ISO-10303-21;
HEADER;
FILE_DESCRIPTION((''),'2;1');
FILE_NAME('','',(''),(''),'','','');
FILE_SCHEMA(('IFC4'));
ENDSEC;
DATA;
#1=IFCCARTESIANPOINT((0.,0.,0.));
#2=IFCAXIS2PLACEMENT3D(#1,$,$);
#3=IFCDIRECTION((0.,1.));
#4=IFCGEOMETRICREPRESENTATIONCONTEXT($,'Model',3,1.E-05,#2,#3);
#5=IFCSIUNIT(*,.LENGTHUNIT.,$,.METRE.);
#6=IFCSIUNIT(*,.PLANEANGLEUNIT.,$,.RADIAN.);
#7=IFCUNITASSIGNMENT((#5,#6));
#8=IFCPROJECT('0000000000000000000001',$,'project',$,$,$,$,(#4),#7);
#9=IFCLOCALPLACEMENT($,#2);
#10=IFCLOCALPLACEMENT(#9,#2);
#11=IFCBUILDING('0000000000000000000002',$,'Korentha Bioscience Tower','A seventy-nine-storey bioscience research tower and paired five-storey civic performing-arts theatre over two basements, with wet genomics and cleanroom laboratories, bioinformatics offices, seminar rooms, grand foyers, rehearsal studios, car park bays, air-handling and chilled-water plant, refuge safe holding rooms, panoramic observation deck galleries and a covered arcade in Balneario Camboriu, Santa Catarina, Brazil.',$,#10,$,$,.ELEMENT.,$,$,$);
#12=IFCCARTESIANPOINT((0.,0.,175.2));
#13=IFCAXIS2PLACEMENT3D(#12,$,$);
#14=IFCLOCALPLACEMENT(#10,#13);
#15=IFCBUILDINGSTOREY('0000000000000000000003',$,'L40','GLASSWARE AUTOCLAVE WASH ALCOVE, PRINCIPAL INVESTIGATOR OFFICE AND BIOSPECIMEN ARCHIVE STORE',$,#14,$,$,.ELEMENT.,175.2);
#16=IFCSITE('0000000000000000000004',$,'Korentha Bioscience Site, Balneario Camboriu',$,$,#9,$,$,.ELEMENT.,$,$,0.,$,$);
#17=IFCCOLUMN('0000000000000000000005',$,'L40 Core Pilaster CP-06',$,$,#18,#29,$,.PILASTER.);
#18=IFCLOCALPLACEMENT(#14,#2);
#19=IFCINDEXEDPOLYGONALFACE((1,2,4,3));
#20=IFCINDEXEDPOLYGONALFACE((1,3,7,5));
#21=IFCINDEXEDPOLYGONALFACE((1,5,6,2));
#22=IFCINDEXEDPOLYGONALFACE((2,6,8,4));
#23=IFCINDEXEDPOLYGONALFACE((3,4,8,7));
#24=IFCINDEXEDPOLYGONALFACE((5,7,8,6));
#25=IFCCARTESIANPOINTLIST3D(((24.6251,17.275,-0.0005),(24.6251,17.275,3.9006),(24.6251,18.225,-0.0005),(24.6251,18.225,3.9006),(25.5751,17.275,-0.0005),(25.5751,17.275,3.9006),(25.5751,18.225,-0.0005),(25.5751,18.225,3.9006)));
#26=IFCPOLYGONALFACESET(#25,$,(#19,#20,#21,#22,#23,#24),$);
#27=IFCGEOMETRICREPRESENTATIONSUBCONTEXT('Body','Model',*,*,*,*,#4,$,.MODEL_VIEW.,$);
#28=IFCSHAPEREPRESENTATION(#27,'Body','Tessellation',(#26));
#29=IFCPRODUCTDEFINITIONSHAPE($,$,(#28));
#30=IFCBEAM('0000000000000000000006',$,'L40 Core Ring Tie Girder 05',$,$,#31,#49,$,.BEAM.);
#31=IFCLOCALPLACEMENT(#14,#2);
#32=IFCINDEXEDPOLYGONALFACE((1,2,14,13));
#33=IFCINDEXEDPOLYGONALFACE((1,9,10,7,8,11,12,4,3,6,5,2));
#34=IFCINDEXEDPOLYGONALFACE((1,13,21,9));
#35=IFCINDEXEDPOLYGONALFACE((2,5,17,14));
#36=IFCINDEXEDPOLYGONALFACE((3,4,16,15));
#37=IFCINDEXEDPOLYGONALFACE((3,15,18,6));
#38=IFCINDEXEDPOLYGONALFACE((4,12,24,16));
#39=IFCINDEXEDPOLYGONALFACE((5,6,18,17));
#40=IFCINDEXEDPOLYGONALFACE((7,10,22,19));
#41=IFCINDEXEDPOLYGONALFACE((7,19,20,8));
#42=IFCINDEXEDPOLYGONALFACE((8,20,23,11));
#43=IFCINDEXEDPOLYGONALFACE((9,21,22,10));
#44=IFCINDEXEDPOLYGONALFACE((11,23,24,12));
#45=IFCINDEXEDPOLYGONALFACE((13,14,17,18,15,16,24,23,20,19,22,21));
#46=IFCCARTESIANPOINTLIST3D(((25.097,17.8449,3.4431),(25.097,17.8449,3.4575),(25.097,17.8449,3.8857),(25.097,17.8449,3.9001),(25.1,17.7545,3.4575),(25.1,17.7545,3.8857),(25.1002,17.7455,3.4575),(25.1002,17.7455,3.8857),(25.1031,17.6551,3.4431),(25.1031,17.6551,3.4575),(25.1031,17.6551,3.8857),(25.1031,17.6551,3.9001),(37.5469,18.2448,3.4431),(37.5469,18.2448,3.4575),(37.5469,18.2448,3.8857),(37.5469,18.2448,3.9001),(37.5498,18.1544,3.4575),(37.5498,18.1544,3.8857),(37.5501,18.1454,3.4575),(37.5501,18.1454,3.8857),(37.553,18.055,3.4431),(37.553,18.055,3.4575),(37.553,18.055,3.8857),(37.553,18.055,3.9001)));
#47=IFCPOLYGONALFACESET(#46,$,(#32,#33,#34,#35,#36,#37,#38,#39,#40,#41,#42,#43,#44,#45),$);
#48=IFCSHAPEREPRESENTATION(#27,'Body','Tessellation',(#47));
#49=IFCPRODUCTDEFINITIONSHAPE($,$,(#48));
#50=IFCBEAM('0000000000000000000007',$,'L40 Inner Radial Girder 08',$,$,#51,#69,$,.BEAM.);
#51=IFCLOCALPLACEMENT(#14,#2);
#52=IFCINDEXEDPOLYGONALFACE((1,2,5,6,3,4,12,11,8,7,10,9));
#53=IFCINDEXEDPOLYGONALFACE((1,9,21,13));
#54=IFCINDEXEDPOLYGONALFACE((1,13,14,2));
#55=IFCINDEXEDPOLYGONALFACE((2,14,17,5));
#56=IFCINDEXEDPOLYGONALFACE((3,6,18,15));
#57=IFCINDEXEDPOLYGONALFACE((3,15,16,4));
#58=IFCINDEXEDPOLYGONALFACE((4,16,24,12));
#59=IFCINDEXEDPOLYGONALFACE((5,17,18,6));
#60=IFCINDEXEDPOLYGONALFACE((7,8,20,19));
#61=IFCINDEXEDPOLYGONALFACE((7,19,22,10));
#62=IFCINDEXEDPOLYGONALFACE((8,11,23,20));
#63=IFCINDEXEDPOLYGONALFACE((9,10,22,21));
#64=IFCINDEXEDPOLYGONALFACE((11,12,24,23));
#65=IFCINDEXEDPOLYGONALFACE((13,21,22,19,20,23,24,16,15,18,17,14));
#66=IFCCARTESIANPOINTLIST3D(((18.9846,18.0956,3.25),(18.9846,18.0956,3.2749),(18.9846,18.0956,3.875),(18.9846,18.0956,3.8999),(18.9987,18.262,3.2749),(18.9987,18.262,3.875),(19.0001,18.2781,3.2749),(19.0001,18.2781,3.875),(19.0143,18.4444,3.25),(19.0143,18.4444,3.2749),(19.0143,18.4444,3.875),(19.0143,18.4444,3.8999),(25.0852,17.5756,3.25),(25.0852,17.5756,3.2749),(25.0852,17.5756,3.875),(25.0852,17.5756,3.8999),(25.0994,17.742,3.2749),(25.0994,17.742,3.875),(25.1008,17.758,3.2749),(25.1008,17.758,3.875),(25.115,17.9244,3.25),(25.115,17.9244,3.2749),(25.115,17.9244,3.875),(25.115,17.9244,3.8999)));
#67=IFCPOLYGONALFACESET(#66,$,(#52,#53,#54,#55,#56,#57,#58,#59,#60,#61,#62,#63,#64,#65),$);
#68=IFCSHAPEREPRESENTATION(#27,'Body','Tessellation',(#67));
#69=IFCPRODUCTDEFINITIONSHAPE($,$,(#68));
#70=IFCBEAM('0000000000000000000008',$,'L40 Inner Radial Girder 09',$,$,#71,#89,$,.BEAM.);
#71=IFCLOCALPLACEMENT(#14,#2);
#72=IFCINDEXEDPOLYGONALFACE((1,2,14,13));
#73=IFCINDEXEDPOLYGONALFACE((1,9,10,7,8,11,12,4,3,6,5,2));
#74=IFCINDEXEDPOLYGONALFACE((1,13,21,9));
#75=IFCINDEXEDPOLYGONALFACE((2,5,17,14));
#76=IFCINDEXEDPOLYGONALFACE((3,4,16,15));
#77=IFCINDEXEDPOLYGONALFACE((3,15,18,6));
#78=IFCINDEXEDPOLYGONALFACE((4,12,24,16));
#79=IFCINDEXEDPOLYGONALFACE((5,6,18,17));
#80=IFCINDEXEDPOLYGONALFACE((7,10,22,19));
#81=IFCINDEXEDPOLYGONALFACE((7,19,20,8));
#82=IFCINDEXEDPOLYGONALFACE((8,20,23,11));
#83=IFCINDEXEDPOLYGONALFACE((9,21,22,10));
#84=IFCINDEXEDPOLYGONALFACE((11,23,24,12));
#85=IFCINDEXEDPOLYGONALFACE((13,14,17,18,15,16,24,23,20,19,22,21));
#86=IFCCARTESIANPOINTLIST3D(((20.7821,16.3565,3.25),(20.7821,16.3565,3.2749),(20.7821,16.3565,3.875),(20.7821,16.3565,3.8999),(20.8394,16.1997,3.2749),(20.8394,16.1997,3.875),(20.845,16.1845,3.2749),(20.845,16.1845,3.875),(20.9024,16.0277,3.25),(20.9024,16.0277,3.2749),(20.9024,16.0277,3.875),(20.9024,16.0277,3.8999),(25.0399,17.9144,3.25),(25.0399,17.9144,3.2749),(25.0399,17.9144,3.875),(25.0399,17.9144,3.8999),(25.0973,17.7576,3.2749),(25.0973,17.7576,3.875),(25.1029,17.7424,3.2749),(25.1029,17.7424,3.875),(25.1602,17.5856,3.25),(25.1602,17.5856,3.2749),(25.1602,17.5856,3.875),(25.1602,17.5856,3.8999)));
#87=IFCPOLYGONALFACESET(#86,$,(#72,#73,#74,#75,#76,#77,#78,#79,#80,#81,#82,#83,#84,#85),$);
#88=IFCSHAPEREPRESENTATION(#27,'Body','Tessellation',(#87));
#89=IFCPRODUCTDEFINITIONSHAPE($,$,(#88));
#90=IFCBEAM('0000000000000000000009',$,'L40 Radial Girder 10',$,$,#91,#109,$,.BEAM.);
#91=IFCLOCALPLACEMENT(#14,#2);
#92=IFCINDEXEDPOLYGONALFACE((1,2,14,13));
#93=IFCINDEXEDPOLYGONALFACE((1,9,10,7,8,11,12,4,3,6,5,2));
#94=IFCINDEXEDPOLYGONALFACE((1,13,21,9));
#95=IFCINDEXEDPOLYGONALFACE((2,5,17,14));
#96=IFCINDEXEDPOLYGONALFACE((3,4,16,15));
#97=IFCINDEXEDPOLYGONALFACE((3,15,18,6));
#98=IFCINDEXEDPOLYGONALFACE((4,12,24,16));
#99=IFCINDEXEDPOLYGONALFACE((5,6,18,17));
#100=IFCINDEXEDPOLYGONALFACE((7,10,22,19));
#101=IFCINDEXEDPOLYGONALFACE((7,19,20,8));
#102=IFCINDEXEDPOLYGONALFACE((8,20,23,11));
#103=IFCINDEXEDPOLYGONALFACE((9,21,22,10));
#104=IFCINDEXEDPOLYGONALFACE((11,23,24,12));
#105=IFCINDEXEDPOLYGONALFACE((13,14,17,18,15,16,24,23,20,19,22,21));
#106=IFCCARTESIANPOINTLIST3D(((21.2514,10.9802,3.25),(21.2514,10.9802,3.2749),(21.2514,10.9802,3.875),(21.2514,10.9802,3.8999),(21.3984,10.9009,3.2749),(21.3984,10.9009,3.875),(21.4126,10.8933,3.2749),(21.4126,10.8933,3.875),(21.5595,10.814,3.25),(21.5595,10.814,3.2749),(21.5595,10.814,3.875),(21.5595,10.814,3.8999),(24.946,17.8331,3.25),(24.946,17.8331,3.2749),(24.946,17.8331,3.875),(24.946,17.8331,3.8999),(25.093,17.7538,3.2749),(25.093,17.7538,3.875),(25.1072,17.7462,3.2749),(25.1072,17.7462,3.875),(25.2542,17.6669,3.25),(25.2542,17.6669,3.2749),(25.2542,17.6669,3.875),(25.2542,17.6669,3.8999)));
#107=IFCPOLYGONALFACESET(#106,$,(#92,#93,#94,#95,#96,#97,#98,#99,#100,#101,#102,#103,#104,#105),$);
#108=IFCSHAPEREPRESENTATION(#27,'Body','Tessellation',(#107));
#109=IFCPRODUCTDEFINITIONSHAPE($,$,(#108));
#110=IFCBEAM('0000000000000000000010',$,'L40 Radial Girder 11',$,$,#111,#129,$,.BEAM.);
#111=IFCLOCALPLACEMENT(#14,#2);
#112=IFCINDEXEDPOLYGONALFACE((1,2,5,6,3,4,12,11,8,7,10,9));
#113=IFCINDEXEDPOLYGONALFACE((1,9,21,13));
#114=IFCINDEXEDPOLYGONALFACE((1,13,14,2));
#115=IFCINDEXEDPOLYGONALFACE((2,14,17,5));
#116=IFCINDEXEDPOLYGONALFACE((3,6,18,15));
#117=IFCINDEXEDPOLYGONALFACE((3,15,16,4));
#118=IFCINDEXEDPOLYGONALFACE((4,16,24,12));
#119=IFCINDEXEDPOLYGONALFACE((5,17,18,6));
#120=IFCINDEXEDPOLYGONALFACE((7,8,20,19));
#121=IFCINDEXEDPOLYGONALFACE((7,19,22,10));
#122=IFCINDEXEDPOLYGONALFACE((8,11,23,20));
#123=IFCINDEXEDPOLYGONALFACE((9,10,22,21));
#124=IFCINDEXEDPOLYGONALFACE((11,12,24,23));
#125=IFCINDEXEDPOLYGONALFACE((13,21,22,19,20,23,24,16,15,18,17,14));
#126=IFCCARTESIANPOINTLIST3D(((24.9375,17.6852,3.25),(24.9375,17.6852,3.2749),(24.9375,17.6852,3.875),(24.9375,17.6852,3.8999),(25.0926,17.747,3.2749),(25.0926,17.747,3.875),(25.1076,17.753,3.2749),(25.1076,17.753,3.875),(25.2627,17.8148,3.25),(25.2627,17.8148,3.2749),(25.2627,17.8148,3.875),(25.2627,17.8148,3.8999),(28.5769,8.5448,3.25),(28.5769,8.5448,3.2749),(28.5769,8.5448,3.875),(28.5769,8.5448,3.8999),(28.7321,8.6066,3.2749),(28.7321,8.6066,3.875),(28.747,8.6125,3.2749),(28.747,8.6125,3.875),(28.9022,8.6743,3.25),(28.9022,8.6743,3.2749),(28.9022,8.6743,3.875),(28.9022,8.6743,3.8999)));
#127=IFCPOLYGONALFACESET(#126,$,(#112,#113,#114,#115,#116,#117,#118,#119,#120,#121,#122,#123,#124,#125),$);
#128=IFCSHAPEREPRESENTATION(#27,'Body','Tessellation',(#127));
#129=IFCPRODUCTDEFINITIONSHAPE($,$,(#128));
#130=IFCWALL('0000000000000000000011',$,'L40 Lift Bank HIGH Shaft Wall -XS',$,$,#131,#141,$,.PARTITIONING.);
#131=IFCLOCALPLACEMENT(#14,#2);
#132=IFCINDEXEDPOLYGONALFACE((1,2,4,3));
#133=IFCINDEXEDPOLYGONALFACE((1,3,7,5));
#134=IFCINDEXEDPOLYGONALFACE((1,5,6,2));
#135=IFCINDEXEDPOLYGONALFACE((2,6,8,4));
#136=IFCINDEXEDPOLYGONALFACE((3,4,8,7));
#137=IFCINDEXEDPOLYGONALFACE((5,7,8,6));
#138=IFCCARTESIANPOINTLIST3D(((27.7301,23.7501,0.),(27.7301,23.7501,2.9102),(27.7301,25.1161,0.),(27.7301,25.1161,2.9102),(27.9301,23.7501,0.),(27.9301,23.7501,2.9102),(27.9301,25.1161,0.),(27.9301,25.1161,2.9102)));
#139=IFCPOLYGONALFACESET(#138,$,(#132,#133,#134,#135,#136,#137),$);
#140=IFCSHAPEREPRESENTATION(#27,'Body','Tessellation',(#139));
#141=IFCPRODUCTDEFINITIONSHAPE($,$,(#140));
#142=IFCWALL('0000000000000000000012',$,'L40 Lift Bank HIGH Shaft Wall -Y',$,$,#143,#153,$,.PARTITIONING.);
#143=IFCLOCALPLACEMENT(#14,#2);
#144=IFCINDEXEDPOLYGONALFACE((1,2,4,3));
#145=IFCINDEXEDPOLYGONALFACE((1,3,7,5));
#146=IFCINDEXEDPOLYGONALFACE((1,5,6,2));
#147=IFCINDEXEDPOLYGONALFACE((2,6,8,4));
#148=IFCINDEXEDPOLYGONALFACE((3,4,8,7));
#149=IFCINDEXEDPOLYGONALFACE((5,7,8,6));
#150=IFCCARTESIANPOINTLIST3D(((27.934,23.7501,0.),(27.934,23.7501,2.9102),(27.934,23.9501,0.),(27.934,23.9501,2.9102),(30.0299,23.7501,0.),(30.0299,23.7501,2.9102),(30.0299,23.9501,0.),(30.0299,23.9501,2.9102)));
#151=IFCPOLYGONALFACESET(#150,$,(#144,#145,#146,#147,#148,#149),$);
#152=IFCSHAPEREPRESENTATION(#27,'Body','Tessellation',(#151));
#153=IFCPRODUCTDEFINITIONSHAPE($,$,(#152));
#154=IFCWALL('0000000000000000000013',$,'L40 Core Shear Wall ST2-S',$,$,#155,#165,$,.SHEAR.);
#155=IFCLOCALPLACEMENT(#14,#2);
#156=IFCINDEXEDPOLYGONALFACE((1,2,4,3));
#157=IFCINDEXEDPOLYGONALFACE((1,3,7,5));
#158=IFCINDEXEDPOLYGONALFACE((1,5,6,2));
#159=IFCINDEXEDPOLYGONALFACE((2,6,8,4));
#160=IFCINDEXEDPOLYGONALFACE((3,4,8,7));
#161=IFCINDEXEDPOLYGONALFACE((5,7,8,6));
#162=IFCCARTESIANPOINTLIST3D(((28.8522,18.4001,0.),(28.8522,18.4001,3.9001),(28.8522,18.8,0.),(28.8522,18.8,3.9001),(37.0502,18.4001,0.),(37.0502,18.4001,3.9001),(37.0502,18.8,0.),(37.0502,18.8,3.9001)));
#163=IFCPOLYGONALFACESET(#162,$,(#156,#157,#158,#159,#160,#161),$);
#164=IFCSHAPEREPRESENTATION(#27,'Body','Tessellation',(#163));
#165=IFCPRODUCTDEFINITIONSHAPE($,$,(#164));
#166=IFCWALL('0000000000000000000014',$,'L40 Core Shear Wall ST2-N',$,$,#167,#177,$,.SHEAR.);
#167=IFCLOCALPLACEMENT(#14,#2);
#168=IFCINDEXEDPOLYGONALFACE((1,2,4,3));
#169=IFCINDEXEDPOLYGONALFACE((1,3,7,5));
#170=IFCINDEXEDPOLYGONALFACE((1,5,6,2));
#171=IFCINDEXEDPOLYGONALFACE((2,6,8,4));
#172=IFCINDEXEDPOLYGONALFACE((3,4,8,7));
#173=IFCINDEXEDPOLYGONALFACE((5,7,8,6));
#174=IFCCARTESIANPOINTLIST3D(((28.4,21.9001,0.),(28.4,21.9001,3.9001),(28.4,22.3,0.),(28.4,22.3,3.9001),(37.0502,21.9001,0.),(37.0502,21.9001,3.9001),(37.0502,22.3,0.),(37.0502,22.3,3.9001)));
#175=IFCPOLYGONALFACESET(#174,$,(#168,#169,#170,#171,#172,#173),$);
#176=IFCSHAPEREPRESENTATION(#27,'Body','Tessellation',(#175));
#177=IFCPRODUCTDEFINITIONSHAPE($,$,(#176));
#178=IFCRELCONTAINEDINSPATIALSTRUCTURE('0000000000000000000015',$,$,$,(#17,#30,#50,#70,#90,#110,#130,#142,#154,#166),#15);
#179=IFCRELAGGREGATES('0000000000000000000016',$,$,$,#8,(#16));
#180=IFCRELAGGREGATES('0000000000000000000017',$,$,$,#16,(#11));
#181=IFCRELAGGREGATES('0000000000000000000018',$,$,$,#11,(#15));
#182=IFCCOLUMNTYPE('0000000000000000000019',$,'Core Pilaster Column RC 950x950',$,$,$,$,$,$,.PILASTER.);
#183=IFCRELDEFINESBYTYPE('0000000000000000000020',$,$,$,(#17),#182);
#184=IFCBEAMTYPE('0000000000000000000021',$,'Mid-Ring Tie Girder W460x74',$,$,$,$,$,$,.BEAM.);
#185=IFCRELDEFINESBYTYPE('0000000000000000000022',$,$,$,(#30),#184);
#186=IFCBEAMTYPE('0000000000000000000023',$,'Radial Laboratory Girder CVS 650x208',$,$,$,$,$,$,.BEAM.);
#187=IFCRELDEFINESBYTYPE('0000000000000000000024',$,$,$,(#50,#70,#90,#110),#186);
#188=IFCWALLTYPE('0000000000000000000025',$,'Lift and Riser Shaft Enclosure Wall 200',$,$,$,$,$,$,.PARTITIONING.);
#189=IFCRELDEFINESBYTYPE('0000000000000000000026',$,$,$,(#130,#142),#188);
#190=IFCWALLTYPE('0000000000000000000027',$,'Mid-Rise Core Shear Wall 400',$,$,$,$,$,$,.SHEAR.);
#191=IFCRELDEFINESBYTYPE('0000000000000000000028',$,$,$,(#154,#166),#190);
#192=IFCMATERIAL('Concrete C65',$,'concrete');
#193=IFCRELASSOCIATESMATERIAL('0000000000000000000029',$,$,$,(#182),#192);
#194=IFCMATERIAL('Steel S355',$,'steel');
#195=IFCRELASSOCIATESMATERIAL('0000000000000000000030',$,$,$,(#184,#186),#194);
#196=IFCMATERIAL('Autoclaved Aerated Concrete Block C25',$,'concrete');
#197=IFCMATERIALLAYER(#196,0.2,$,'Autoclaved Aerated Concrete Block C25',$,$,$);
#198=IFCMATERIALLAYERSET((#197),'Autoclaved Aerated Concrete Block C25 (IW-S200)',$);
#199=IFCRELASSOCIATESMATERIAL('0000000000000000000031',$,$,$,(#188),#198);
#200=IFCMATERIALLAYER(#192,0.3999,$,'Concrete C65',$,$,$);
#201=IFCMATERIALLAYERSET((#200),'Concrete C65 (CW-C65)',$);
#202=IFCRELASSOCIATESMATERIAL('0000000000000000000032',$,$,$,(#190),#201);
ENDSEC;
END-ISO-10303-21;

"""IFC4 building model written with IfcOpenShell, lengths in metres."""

from ifc_helpers import new_model, si_unit, direction, frame, frame_2d, origin, origin_2d, place, context, subcontext, project, spatial, rectangle, i_section, extrude, material, layer, layer_set, material_profile, profile_set, type_object, element, save


model = new_model("IFC4")

# Units and contexts
model_context = context("Model", 3, precision=1e-05, world=origin(), true_north=direction((0.0, 1.0)))
body_context = subcontext(model_context, "Body", "Model", "MODEL_VIEW")
ifc_project = project(units=[si_unit("LENGTHUNIT", "METRE"), si_unit("PLANEANGLEUNIT", "RADIAN")], contexts=[model_context])

# Site, building, storey
site_placement = place(None, origin())
site = spatial("IfcSite", under=ifc_project, at=site_placement, Name="Korentha Bioscience Site, Balneario Camboriu", CompositionType="ELEMENT", RefElevation=0.0)
building_placement = place(site_placement, origin())
building = spatial("IfcBuilding", under=site, at=building_placement, Name="Korentha Bioscience Tower", Description="A seventy-nine-storey bioscience research tower and paired five-storey civic performing-arts theatre over two basements, with wet genomics and cleanroom laboratories, bioinformatics offices, seminar rooms, grand foyers, rehearsal studios, car park bays, air-handling and chilled-water plant, refuge safe holding rooms, panoramic observation deck galleries and a covered arcade in Balneario Camboriu, Santa Catarina, Brazil.", CompositionType="ELEMENT")
storey_placement = place(building_placement, frame((0.0, 0.0, 175.2)))
storey = spatial("IfcBuildingStorey", under=building, at=storey_placement, Name="L40", Description="GLASSWARE AUTOCLAVE WASH ALCOVE, PRINCIPAL INVESTIGATOR OFFICE AND BIOSPECIMEN ARCHIVE STORE", CompositionType="ELEMENT", Elevation=175.2)

# Column
ifc_material_1 = material(Name="Concrete C65", Category="concrete")
ifc_material_profile_1 = material_profile(ifc_material_1, rectangle(XDim=0.95, YDim=0.95, at=origin_2d()), Name="Concrete C65")
ifc_profile_set_1 = profile_set([ifc_material_profile_1], Name="Concrete C65 (COL-CP09)")
column_type = type_object("IfcColumnType", Name="Core Pilaster Column RC 950x950", PredefinedType="PILASTER", material=ifc_profile_set_1)
column_placement = place(storey_placement, frame((25.1001, 17.75, -0.0005), z_axis=(0.0, 0.0, 1.0), x_axis=(1.0, 0.0, 0.0)))
element("IfcColumn", 1, at=column_placement, inside=storey, type_object=column_type, Name="L40 Core Pilaster CP-06", PredefinedType="PILASTER", context=body_context, shape_type="SweptSolid", body=[
    extrude(rectangle(XDim=0.95, YDim=0.95, at=origin_2d()), origin(), (0.0, 0.0, 1.0), 3.9011),
])

# Beams
ifc_material_2 = material(Name="Steel S355", Category="steel")
ifc_material_profile_2 = material_profile(ifc_material_2, i_section(OverallWidth=0.1899, OverallDepth=0.457, WebThickness=0.009, FlangeThickness=0.0144, at=origin_2d()), Name="Steel S355")
ifc_profile_set_2 = profile_set([ifc_material_profile_2], Name="Steel S355 (MB-460)")
beam_type_1 = type_object("IfcBeamType", Name="Mid-Ring Tie Girder W460x74", PredefinedType="BEAM", material=ifc_profile_set_2)
beam_1_placement = place(storey_placement, frame((25.1001, 17.75, 3.6716), z_axis=(0.999485, 0.032104, 0.0), x_axis=(-0.032104, 0.999485, 0.0)))
element("IfcBeam", 2, at=beam_1_placement, inside=storey, type_object=beam_type_1, Name="L40 Core Ring Tie Girder 05", PredefinedType="BEAM", context=body_context, shape_type="SweptSolid", body=[
    extrude(i_section(OverallWidth=0.1899, OverallDepth=0.457, WebThickness=0.009, FlangeThickness=0.0144, at=origin_2d()), origin(), (0.0, 0.0, 1.0), 12.4563),
])
ifc_material_profile_3 = material_profile(ifc_material_2, i_section(OverallWidth=0.3501, OverallDepth=0.6499, WebThickness=0.0161, FlangeThickness=0.0249, at=origin_2d()), Name="Steel S355")
ifc_profile_set_3 = profile_set([ifc_material_profile_3], Name="Steel S355 (RB-650)")
beam_type_2 = type_object("IfcBeamType", Name="Radial Laboratory Girder CVS 650x208", PredefinedType="BEAM", material=ifc_profile_set_3)
beam_2_placement = place(storey_placement, frame((25.1001, 17.75, 3.575), z_axis=(-0.996387, 0.084933, 0.0), x_axis=(-0.084933, -0.996387, 0.0)))
element("IfcBeam", 3, at=beam_2_placement, inside=storey, type_object=beam_type_2, Name="L40 Inner Radial Girder 08", PredefinedType="BEAM", context=body_context, shape_type="SweptSolid", body=[
    extrude(i_section(OverallWidth=0.3501, OverallDepth=0.6499, WebThickness=0.0161, FlangeThickness=0.0249, at=origin_2d()), origin(), (0.0, 0.0, 1.0), 6.1228),
])
beam_3_placement = place(storey_placement, frame((25.1001, 17.75, 3.575), z_axis=(-0.939114, -0.343606, 0.0), x_axis=(0.343606, -0.939114, 0.0)))
element("IfcBeam", 4, at=beam_3_placement, inside=storey, type_object=beam_type_2, Name="L40 Inner Radial Girder 09", PredefinedType="BEAM", context=body_context, shape_type="SweptSolid", body=[
    extrude(i_section(OverallWidth=0.3501, OverallDepth=0.6499, WebThickness=0.0161, FlangeThickness=0.0249, at=origin_2d()), origin(), (0.0, 0.0, 1.0), 4.5339),
])
beam_4_placement = place(storey_placement, frame((25.1001, 17.75, 3.575), z_axis=(-0.47456, -0.880223, 0.0), x_axis=(0.880223, -0.47456, 0.0)))
element("IfcBeam", 5, at=beam_4_placement, inside=storey, type_object=beam_type_2, Name="L40 Radial Girder 10", PredefinedType="BEAM", context=body_context, shape_type="SweptSolid", body=[
    extrude(i_section(OverallWidth=0.3501, OverallDepth=0.6499, WebThickness=0.0161, FlangeThickness=0.0249, at=origin_2d()), origin(), (0.0, 0.0, 1.0), 7.7854),
])
beam_5_placement = place(storey_placement, frame((25.1001, 17.75, 3.575), z_axis=(0.369923, -0.929063, 0.0), x_axis=(0.929063, 0.369923, 0.0)))
element("IfcBeam", 6, at=beam_5_placement, inside=storey, type_object=beam_type_2, Name="L40 Radial Girder 11", PredefinedType="BEAM", context=body_context, shape_type="SweptSolid", body=[
    extrude(i_section(OverallWidth=0.3501, OverallDepth=0.6499, WebThickness=0.0161, FlangeThickness=0.0249, at=origin_2d()), origin(), (0.0, 0.0, 1.0), 9.8384),
])

# Walls
ifc_material_3 = material(Name="Autoclaved Aerated Concrete Block C25", Category="concrete")
ifc_layer_1 = layer(ifc_material_3, 0.2, Name="Autoclaved Aerated Concrete Block C25")
ifc_layer_set_1 = layer_set([ifc_layer_1], Name="Autoclaved Aerated Concrete Block C25 (IW-S200)")
wall_type_1 = type_object("IfcWallType", Name="Lift and Riser Shaft Enclosure Wall 200", PredefinedType="PARTITIONING", material=ifc_layer_set_1)
wall_1_placement = place(storey_placement, frame((27.8301, 23.75, 0.0), z_axis=(0.0, 0.0, 1.0), x_axis=(0.0, 1.0, 0.0)))
element("IfcWall", 7, at=wall_1_placement, inside=storey, type_object=wall_type_1, Name="L40 Lift Bank HIGH Shaft Wall -XS", PredefinedType="PARTITIONING", context=body_context, shape_type="SweptSolid", body=[
    extrude(rectangle(XDim=1.366, YDim=0.2, at=frame_2d((0.6831, 0.0))), origin(), (0.0, 0.0, 1.0), 2.9102),
])
wall_2_placement = place(storey_placement, frame((27.9341, 23.8501, 0.0), z_axis=(0.0, 0.0, 1.0), x_axis=(1.0, 0.0, 0.0)))
element("IfcWall", 8, at=wall_2_placement, inside=storey, type_object=wall_type_1, Name="L40 Lift Bank HIGH Shaft Wall -Y", PredefinedType="PARTITIONING", context=body_context, shape_type="SweptSolid", body=[
    extrude(rectangle(XDim=2.0959, YDim=0.2, at=frame_2d((1.0479, 0.0))), origin(), (0.0, 0.0, 1.0), 2.9102),
])
ifc_layer_2 = layer(ifc_material_1, 0.3999, Name="Concrete C65")
ifc_layer_set_2 = layer_set([ifc_layer_2], Name="Concrete C65 (CW-C65)")
wall_type_2 = type_object("IfcWallType", Name="Mid-Rise Core Shear Wall 400", PredefinedType="SHEAR", material=ifc_layer_set_2)
wall_3_placement = place(storey_placement, frame((28.8521, 18.6001, 0.0), z_axis=(0.0, 0.0, 1.0), x_axis=(1.0, 0.0, 0.0)))
element("IfcWall", 9, at=wall_3_placement, inside=storey, type_object=wall_type_2, Name="L40 Core Shear Wall ST2-S", PredefinedType="SHEAR", context=body_context, shape_type="SweptSolid", body=[
    extrude(rectangle(XDim=8.198, YDim=0.3999, at=frame_2d((4.0991, 0.0))), origin(), (0.0, 0.0, 1.0), 3.9001),
])
wall_4_placement = place(storey_placement, frame((28.3999, 22.1001, 0.0), z_axis=(0.0, 0.0, 1.0), x_axis=(1.0, 0.0, 0.0)))
element("IfcWall", 10, at=wall_4_placement, inside=storey, type_object=wall_type_2, Name="L40 Core Shear Wall ST2-N", PredefinedType="SHEAR", context=body_context, shape_type="SweptSolid", body=[
    extrude(rectangle(XDim=8.6501, YDim=0.3999, at=frame_2d((4.3252, 0.0))), origin(), (0.0, 0.0, 1.0), 3.9001),
])

save(model, "model.ifc")
